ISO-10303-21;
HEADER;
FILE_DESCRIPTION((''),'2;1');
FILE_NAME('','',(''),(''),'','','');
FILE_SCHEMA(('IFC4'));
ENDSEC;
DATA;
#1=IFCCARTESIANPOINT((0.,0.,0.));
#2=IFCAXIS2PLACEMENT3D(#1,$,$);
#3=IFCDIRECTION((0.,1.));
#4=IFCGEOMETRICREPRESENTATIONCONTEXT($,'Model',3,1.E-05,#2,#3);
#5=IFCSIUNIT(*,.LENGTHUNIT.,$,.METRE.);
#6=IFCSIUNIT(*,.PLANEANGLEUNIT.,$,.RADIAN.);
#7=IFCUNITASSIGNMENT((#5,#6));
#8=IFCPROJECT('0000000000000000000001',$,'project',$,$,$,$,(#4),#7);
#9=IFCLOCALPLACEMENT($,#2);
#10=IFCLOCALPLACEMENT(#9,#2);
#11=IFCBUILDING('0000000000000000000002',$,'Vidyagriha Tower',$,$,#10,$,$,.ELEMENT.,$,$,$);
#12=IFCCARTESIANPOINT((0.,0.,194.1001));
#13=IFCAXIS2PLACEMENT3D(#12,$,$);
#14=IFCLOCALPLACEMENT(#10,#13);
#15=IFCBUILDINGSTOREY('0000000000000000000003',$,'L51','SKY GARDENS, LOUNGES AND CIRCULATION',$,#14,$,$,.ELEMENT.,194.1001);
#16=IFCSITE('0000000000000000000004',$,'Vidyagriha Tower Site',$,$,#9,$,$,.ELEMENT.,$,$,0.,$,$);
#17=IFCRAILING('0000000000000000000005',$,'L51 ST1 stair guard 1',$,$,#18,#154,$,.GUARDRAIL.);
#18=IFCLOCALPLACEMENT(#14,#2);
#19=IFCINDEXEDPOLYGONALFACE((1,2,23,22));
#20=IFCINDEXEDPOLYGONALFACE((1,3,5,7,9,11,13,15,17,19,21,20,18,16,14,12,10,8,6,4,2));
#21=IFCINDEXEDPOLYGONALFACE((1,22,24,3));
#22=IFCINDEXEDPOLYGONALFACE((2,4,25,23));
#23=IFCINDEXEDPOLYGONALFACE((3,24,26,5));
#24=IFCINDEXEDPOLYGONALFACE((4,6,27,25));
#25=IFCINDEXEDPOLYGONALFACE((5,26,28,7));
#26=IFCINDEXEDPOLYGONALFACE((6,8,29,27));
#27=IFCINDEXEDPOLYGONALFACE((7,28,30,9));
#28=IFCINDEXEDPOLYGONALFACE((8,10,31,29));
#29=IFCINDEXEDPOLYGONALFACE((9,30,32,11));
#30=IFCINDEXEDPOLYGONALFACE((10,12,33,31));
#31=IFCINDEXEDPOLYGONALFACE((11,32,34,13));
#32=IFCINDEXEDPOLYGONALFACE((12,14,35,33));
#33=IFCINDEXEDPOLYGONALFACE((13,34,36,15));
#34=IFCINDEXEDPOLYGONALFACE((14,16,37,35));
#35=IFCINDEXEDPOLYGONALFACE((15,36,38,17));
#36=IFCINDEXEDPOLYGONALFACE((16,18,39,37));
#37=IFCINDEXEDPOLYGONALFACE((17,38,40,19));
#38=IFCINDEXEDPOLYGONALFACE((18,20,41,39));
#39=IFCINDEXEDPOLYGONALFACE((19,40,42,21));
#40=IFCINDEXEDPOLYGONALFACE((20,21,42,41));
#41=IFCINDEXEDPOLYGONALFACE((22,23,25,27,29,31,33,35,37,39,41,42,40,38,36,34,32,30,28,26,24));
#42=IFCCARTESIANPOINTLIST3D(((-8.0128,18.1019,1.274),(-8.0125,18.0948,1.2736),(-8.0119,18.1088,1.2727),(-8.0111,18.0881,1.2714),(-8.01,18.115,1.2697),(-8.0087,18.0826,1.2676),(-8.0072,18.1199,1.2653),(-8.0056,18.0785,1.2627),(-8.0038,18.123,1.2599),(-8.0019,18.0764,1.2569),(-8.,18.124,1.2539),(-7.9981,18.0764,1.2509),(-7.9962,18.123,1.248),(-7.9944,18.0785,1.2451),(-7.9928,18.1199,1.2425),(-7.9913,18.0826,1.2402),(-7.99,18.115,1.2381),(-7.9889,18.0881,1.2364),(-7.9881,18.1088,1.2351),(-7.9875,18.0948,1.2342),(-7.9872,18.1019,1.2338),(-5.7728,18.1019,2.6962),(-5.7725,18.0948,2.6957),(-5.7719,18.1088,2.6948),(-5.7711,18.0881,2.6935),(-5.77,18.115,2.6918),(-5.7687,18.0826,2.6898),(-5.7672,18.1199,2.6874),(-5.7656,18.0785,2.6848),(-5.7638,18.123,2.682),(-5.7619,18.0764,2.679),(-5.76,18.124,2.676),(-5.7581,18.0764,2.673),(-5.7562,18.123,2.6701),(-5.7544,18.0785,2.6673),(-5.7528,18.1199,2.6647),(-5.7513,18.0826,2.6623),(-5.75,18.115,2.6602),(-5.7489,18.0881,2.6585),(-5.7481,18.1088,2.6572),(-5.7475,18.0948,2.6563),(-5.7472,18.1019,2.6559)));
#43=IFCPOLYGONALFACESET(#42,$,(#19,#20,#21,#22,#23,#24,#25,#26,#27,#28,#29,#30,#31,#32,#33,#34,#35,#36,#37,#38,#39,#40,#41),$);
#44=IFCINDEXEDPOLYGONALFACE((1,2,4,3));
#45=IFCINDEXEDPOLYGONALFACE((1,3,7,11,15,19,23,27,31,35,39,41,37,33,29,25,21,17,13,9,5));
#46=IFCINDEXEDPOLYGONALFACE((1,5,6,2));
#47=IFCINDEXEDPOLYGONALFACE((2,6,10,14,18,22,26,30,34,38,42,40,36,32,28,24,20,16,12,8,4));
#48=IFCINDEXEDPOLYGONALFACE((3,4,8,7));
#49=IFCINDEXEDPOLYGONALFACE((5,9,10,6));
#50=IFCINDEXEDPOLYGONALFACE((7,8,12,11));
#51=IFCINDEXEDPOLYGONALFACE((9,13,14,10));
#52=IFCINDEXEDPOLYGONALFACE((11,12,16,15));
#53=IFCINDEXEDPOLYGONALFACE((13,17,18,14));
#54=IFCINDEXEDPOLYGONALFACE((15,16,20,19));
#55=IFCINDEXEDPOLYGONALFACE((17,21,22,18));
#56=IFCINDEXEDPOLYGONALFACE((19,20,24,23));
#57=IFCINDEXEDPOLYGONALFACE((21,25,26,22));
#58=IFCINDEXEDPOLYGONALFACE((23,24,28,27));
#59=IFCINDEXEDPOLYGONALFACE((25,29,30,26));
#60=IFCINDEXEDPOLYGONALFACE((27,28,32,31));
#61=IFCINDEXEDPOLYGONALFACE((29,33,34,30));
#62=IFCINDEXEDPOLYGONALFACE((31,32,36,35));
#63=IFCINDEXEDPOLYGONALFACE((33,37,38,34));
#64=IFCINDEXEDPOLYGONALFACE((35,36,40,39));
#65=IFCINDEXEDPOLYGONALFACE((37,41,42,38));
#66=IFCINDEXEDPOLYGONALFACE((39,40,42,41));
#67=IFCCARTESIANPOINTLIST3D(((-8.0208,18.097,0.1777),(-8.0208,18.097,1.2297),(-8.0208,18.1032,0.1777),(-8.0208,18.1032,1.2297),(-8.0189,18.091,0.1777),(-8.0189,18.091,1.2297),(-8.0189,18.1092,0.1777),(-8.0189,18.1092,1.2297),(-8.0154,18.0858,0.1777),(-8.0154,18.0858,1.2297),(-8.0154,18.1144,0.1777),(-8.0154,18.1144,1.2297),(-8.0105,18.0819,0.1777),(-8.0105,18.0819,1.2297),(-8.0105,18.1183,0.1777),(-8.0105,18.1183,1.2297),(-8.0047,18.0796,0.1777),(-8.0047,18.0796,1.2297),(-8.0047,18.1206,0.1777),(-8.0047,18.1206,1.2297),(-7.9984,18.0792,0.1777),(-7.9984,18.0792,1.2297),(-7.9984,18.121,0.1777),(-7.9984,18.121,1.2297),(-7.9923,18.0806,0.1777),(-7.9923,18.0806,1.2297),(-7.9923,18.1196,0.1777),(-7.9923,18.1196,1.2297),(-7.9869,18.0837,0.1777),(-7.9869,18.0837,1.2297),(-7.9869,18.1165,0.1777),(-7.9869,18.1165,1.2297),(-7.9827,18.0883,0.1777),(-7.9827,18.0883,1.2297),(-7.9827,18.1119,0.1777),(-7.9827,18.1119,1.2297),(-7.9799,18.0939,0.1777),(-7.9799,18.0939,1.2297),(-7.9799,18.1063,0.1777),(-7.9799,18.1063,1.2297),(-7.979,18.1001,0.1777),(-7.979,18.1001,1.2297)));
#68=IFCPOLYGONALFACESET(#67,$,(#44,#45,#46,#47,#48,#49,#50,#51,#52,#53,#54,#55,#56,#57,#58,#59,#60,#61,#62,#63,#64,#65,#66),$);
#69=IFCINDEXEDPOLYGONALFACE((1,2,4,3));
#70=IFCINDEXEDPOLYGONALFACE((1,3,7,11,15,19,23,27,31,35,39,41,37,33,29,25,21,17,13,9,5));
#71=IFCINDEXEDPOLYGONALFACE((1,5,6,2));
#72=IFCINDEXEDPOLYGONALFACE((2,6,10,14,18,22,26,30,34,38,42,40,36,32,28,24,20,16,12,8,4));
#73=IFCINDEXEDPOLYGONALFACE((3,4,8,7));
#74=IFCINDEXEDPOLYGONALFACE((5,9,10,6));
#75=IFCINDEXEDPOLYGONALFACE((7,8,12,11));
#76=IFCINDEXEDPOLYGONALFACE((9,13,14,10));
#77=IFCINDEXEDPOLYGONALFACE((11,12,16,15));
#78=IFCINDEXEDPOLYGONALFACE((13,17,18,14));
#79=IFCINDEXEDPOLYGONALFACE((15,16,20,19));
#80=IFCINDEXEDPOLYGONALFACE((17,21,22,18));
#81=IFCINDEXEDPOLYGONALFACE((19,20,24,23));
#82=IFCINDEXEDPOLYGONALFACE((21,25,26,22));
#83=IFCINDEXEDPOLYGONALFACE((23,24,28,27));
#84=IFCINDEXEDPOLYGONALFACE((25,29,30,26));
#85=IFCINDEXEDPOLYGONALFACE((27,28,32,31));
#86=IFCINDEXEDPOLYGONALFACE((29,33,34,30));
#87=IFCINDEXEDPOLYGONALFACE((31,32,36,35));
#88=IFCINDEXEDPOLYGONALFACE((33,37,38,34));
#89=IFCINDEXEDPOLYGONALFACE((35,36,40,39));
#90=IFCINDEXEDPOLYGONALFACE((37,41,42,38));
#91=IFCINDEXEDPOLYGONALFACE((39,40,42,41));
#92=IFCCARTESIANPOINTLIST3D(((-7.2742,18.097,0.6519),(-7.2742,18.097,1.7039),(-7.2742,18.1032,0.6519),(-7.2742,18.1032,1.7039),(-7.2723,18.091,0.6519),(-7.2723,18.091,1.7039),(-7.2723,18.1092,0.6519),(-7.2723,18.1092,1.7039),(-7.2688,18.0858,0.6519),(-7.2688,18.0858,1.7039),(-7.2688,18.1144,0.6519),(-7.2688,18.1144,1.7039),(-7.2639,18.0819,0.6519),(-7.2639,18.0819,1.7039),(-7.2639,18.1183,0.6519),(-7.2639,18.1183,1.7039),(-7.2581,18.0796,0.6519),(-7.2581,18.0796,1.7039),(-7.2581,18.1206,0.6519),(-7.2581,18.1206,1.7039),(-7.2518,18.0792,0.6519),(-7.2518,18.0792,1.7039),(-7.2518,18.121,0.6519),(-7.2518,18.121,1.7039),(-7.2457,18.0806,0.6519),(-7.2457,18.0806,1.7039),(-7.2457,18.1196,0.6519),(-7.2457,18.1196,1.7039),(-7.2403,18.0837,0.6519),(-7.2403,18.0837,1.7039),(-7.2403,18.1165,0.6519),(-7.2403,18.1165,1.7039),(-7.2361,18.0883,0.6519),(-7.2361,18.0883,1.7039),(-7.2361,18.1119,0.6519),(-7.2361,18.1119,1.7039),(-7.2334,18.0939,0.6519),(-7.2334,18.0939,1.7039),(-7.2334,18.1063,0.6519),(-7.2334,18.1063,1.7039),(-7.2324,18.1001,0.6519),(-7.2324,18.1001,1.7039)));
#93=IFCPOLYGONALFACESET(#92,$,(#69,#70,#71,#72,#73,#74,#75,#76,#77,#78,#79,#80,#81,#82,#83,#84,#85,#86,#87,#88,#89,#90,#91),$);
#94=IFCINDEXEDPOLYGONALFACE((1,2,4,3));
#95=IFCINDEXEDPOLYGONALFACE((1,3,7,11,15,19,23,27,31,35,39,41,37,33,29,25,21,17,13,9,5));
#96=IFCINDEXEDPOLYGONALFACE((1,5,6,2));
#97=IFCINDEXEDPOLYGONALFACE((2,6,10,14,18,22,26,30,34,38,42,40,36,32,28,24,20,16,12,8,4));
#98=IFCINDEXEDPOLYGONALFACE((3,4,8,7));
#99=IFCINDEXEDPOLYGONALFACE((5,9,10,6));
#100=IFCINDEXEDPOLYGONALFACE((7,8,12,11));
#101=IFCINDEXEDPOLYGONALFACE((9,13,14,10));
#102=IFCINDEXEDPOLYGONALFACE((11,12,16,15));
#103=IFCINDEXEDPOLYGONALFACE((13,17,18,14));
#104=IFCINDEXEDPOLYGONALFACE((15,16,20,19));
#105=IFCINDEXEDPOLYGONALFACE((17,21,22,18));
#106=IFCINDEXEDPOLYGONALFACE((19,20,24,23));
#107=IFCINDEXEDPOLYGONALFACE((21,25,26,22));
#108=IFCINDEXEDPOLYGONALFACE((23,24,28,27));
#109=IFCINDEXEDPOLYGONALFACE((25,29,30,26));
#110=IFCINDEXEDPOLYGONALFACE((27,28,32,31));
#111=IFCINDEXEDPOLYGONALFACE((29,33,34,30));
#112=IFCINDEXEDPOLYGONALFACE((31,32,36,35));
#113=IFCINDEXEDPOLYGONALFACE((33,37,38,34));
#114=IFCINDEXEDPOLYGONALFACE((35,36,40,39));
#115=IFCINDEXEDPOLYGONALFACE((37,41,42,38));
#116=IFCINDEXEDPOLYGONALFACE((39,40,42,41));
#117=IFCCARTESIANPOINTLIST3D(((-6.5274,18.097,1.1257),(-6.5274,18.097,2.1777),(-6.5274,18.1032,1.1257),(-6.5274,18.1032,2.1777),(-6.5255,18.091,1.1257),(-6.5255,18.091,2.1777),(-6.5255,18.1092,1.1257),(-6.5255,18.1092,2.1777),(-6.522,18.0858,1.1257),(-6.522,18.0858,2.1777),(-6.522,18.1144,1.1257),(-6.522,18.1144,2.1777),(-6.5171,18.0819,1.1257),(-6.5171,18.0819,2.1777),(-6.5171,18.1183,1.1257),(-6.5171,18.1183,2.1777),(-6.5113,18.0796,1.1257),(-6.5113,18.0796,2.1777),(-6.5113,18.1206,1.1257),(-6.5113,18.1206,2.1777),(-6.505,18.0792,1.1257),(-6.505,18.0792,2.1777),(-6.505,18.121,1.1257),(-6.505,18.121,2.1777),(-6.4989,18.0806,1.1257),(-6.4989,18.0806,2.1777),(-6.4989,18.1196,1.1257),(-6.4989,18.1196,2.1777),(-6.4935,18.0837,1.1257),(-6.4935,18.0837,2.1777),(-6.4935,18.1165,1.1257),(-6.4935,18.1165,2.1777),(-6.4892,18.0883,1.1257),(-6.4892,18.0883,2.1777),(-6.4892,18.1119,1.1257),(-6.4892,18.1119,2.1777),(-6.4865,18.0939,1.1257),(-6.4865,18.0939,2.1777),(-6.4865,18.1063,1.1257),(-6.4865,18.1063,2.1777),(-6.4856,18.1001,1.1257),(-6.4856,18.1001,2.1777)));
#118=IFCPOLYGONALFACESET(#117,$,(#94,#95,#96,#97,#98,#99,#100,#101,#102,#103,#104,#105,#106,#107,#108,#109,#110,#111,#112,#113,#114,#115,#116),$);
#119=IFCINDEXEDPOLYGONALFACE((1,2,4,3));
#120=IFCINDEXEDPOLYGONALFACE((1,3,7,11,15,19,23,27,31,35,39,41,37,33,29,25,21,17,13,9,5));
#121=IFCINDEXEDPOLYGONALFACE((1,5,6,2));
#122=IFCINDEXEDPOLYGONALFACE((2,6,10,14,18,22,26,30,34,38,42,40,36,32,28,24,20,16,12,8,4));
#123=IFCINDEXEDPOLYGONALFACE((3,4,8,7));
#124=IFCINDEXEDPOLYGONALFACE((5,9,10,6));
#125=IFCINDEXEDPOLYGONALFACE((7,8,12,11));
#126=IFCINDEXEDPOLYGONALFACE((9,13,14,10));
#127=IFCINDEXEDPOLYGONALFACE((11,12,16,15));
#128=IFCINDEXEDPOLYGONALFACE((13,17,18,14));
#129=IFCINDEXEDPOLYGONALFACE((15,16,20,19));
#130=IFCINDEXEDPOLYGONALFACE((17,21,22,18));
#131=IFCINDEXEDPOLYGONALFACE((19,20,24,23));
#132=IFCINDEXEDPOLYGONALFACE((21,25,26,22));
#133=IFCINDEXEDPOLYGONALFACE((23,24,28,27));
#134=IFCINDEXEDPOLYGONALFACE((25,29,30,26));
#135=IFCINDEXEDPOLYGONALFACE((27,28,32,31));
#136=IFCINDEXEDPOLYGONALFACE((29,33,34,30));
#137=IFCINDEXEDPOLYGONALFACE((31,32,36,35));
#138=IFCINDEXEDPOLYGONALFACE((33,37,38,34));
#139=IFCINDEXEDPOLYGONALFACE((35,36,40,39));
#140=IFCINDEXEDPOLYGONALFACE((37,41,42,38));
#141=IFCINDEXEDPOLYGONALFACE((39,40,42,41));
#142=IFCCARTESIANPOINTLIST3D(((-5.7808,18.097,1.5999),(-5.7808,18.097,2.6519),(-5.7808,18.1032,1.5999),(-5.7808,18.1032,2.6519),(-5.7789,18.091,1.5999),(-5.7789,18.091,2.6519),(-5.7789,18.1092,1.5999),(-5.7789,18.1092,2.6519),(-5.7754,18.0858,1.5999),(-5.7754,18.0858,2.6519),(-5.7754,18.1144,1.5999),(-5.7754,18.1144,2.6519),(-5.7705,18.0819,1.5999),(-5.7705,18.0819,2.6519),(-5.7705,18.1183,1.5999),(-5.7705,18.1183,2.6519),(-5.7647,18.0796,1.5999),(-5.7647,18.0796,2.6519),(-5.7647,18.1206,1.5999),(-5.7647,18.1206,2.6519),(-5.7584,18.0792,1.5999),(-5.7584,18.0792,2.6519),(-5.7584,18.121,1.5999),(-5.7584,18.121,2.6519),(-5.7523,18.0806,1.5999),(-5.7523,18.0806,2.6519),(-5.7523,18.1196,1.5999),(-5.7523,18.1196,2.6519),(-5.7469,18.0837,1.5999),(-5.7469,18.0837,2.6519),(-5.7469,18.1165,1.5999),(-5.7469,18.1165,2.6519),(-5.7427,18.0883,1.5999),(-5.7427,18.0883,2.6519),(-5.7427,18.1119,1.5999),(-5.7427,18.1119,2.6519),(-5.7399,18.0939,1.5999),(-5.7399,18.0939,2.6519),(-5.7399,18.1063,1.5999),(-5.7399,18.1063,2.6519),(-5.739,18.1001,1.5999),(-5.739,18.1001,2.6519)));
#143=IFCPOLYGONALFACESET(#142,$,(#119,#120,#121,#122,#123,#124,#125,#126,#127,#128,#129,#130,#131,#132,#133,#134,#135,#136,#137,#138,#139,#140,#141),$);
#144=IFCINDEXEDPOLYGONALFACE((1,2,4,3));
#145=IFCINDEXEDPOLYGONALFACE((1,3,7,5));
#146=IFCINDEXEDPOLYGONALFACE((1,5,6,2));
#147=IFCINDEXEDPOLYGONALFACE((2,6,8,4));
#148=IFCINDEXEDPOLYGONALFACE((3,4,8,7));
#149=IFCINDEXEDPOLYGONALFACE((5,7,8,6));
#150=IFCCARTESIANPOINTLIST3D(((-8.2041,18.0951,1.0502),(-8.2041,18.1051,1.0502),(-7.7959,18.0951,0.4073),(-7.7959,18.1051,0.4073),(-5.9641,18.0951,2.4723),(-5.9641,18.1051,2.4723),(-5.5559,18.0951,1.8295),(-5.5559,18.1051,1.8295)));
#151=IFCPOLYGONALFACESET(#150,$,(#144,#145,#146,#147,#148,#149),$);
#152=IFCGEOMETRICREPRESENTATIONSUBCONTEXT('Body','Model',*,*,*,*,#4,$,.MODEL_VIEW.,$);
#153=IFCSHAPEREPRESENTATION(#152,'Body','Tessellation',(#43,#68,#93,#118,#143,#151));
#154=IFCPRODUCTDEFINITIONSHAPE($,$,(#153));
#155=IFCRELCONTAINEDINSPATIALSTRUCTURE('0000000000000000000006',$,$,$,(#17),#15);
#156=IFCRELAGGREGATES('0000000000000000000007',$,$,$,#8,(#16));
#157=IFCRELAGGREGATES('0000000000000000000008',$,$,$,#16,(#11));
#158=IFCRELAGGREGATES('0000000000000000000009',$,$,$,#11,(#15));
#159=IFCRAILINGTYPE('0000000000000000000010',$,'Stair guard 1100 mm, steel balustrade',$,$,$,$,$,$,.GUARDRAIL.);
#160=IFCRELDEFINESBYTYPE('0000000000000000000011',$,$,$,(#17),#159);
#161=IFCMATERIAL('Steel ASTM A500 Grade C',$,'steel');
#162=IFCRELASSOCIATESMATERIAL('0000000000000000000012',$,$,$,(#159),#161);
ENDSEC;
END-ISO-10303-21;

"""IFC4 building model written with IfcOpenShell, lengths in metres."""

from ifc_helpers import new_model, si_unit, direction, frame, origin, origin_2d, place, context, subcontext, project, spatial, rectangle, circle, extrude, material, type_object, element, save


model = new_model("IFC4")

# Units and contexts
model_context = context("Model", 3, precision=1e-05, world=origin(), true_north=direction((0.0, 1.0)))
body_context = subcontext(model_context, "Body", "Model", "MODEL_VIEW")
ifc_project = project(units=[si_unit("LENGTHUNIT", "METRE"), si_unit("PLANEANGLEUNIT", "RADIAN")], contexts=[model_context])

# Site, building, storey
site_placement = place(None, origin())
site = spatial("IfcSite", under=ifc_project, at=site_placement, Name="Vidyagriha Tower Site", CompositionType="ELEMENT", RefElevation=0.0)
building_placement = place(site_placement, origin())
building = spatial("IfcBuilding", under=site, at=building_placement, Name="Vidyagriha Tower", CompositionType="ELEMENT")
storey_placement = place(building_placement, frame((0.0, 0.0, 194.1001)))
storey = spatial("IfcBuildingStorey", under=building, at=storey_placement, Name="L51", Description="SKY GARDENS, LOUNGES AND CIRCULATION", CompositionType="ELEMENT", Elevation=194.1001)

# Railing
ifc_material_1 = material(Name="Steel ASTM A500 Grade C", Category="steel")
railing_type_1 = type_object("IfcRailingType", Name="Stair guard 1100 mm, steel balustrade", PredefinedType="GUARDRAIL", material=ifc_material_1)
railing_1_placement = place(storey_placement, frame((-8.0, 18.1001, 0.1777)))
element("IfcRailing", 1, at=railing_1_placement, inside=storey, type_object=railing_type_1, Name="L51 ST1 stair guard 1", PredefinedType="GUARDRAIL", context=body_context, shape_type="SweptSolid", body=[
    extrude(circle(Radius=0.0239, at=origin_2d()), frame((0.0, 0.0, 1.0762), z_axis=(0.844229, 0.0, 0.535982), x_axis=(0.0, 1.0, 0.0)), (0.0, 0.0, 1.0), 2.6533),
    extrude(circle(Radius=0.021, at=origin_2d()), origin(), (0.0, 0.0, 1.0), 1.052),
    extrude(circle(Radius=0.021, at=origin_2d()), frame((0.7466, 0.0, 0.4741)), (0.0, 0.0, 1.0), 1.052),
    extrude(circle(Radius=0.021, at=origin_2d()), frame((1.4934, 0.0, 0.948)), (0.0, 0.0, 1.0), 1.052),
    extrude(circle(Radius=0.021, at=origin_2d()), frame((2.24, 0.0, 1.4221)), (0.0, 0.0, 1.0), 1.052),
    extrude(rectangle(XDim=0.01, YDim=0.7615, at=origin_2d()), frame((0.0, 0.0, 0.551), z_axis=(0.844229, 0.0, 0.535982), x_axis=(0.0, 1.0, 0.0)), (0.0, 0.0, 1.0), 2.6533),
])

save(model, "model.ifc")
